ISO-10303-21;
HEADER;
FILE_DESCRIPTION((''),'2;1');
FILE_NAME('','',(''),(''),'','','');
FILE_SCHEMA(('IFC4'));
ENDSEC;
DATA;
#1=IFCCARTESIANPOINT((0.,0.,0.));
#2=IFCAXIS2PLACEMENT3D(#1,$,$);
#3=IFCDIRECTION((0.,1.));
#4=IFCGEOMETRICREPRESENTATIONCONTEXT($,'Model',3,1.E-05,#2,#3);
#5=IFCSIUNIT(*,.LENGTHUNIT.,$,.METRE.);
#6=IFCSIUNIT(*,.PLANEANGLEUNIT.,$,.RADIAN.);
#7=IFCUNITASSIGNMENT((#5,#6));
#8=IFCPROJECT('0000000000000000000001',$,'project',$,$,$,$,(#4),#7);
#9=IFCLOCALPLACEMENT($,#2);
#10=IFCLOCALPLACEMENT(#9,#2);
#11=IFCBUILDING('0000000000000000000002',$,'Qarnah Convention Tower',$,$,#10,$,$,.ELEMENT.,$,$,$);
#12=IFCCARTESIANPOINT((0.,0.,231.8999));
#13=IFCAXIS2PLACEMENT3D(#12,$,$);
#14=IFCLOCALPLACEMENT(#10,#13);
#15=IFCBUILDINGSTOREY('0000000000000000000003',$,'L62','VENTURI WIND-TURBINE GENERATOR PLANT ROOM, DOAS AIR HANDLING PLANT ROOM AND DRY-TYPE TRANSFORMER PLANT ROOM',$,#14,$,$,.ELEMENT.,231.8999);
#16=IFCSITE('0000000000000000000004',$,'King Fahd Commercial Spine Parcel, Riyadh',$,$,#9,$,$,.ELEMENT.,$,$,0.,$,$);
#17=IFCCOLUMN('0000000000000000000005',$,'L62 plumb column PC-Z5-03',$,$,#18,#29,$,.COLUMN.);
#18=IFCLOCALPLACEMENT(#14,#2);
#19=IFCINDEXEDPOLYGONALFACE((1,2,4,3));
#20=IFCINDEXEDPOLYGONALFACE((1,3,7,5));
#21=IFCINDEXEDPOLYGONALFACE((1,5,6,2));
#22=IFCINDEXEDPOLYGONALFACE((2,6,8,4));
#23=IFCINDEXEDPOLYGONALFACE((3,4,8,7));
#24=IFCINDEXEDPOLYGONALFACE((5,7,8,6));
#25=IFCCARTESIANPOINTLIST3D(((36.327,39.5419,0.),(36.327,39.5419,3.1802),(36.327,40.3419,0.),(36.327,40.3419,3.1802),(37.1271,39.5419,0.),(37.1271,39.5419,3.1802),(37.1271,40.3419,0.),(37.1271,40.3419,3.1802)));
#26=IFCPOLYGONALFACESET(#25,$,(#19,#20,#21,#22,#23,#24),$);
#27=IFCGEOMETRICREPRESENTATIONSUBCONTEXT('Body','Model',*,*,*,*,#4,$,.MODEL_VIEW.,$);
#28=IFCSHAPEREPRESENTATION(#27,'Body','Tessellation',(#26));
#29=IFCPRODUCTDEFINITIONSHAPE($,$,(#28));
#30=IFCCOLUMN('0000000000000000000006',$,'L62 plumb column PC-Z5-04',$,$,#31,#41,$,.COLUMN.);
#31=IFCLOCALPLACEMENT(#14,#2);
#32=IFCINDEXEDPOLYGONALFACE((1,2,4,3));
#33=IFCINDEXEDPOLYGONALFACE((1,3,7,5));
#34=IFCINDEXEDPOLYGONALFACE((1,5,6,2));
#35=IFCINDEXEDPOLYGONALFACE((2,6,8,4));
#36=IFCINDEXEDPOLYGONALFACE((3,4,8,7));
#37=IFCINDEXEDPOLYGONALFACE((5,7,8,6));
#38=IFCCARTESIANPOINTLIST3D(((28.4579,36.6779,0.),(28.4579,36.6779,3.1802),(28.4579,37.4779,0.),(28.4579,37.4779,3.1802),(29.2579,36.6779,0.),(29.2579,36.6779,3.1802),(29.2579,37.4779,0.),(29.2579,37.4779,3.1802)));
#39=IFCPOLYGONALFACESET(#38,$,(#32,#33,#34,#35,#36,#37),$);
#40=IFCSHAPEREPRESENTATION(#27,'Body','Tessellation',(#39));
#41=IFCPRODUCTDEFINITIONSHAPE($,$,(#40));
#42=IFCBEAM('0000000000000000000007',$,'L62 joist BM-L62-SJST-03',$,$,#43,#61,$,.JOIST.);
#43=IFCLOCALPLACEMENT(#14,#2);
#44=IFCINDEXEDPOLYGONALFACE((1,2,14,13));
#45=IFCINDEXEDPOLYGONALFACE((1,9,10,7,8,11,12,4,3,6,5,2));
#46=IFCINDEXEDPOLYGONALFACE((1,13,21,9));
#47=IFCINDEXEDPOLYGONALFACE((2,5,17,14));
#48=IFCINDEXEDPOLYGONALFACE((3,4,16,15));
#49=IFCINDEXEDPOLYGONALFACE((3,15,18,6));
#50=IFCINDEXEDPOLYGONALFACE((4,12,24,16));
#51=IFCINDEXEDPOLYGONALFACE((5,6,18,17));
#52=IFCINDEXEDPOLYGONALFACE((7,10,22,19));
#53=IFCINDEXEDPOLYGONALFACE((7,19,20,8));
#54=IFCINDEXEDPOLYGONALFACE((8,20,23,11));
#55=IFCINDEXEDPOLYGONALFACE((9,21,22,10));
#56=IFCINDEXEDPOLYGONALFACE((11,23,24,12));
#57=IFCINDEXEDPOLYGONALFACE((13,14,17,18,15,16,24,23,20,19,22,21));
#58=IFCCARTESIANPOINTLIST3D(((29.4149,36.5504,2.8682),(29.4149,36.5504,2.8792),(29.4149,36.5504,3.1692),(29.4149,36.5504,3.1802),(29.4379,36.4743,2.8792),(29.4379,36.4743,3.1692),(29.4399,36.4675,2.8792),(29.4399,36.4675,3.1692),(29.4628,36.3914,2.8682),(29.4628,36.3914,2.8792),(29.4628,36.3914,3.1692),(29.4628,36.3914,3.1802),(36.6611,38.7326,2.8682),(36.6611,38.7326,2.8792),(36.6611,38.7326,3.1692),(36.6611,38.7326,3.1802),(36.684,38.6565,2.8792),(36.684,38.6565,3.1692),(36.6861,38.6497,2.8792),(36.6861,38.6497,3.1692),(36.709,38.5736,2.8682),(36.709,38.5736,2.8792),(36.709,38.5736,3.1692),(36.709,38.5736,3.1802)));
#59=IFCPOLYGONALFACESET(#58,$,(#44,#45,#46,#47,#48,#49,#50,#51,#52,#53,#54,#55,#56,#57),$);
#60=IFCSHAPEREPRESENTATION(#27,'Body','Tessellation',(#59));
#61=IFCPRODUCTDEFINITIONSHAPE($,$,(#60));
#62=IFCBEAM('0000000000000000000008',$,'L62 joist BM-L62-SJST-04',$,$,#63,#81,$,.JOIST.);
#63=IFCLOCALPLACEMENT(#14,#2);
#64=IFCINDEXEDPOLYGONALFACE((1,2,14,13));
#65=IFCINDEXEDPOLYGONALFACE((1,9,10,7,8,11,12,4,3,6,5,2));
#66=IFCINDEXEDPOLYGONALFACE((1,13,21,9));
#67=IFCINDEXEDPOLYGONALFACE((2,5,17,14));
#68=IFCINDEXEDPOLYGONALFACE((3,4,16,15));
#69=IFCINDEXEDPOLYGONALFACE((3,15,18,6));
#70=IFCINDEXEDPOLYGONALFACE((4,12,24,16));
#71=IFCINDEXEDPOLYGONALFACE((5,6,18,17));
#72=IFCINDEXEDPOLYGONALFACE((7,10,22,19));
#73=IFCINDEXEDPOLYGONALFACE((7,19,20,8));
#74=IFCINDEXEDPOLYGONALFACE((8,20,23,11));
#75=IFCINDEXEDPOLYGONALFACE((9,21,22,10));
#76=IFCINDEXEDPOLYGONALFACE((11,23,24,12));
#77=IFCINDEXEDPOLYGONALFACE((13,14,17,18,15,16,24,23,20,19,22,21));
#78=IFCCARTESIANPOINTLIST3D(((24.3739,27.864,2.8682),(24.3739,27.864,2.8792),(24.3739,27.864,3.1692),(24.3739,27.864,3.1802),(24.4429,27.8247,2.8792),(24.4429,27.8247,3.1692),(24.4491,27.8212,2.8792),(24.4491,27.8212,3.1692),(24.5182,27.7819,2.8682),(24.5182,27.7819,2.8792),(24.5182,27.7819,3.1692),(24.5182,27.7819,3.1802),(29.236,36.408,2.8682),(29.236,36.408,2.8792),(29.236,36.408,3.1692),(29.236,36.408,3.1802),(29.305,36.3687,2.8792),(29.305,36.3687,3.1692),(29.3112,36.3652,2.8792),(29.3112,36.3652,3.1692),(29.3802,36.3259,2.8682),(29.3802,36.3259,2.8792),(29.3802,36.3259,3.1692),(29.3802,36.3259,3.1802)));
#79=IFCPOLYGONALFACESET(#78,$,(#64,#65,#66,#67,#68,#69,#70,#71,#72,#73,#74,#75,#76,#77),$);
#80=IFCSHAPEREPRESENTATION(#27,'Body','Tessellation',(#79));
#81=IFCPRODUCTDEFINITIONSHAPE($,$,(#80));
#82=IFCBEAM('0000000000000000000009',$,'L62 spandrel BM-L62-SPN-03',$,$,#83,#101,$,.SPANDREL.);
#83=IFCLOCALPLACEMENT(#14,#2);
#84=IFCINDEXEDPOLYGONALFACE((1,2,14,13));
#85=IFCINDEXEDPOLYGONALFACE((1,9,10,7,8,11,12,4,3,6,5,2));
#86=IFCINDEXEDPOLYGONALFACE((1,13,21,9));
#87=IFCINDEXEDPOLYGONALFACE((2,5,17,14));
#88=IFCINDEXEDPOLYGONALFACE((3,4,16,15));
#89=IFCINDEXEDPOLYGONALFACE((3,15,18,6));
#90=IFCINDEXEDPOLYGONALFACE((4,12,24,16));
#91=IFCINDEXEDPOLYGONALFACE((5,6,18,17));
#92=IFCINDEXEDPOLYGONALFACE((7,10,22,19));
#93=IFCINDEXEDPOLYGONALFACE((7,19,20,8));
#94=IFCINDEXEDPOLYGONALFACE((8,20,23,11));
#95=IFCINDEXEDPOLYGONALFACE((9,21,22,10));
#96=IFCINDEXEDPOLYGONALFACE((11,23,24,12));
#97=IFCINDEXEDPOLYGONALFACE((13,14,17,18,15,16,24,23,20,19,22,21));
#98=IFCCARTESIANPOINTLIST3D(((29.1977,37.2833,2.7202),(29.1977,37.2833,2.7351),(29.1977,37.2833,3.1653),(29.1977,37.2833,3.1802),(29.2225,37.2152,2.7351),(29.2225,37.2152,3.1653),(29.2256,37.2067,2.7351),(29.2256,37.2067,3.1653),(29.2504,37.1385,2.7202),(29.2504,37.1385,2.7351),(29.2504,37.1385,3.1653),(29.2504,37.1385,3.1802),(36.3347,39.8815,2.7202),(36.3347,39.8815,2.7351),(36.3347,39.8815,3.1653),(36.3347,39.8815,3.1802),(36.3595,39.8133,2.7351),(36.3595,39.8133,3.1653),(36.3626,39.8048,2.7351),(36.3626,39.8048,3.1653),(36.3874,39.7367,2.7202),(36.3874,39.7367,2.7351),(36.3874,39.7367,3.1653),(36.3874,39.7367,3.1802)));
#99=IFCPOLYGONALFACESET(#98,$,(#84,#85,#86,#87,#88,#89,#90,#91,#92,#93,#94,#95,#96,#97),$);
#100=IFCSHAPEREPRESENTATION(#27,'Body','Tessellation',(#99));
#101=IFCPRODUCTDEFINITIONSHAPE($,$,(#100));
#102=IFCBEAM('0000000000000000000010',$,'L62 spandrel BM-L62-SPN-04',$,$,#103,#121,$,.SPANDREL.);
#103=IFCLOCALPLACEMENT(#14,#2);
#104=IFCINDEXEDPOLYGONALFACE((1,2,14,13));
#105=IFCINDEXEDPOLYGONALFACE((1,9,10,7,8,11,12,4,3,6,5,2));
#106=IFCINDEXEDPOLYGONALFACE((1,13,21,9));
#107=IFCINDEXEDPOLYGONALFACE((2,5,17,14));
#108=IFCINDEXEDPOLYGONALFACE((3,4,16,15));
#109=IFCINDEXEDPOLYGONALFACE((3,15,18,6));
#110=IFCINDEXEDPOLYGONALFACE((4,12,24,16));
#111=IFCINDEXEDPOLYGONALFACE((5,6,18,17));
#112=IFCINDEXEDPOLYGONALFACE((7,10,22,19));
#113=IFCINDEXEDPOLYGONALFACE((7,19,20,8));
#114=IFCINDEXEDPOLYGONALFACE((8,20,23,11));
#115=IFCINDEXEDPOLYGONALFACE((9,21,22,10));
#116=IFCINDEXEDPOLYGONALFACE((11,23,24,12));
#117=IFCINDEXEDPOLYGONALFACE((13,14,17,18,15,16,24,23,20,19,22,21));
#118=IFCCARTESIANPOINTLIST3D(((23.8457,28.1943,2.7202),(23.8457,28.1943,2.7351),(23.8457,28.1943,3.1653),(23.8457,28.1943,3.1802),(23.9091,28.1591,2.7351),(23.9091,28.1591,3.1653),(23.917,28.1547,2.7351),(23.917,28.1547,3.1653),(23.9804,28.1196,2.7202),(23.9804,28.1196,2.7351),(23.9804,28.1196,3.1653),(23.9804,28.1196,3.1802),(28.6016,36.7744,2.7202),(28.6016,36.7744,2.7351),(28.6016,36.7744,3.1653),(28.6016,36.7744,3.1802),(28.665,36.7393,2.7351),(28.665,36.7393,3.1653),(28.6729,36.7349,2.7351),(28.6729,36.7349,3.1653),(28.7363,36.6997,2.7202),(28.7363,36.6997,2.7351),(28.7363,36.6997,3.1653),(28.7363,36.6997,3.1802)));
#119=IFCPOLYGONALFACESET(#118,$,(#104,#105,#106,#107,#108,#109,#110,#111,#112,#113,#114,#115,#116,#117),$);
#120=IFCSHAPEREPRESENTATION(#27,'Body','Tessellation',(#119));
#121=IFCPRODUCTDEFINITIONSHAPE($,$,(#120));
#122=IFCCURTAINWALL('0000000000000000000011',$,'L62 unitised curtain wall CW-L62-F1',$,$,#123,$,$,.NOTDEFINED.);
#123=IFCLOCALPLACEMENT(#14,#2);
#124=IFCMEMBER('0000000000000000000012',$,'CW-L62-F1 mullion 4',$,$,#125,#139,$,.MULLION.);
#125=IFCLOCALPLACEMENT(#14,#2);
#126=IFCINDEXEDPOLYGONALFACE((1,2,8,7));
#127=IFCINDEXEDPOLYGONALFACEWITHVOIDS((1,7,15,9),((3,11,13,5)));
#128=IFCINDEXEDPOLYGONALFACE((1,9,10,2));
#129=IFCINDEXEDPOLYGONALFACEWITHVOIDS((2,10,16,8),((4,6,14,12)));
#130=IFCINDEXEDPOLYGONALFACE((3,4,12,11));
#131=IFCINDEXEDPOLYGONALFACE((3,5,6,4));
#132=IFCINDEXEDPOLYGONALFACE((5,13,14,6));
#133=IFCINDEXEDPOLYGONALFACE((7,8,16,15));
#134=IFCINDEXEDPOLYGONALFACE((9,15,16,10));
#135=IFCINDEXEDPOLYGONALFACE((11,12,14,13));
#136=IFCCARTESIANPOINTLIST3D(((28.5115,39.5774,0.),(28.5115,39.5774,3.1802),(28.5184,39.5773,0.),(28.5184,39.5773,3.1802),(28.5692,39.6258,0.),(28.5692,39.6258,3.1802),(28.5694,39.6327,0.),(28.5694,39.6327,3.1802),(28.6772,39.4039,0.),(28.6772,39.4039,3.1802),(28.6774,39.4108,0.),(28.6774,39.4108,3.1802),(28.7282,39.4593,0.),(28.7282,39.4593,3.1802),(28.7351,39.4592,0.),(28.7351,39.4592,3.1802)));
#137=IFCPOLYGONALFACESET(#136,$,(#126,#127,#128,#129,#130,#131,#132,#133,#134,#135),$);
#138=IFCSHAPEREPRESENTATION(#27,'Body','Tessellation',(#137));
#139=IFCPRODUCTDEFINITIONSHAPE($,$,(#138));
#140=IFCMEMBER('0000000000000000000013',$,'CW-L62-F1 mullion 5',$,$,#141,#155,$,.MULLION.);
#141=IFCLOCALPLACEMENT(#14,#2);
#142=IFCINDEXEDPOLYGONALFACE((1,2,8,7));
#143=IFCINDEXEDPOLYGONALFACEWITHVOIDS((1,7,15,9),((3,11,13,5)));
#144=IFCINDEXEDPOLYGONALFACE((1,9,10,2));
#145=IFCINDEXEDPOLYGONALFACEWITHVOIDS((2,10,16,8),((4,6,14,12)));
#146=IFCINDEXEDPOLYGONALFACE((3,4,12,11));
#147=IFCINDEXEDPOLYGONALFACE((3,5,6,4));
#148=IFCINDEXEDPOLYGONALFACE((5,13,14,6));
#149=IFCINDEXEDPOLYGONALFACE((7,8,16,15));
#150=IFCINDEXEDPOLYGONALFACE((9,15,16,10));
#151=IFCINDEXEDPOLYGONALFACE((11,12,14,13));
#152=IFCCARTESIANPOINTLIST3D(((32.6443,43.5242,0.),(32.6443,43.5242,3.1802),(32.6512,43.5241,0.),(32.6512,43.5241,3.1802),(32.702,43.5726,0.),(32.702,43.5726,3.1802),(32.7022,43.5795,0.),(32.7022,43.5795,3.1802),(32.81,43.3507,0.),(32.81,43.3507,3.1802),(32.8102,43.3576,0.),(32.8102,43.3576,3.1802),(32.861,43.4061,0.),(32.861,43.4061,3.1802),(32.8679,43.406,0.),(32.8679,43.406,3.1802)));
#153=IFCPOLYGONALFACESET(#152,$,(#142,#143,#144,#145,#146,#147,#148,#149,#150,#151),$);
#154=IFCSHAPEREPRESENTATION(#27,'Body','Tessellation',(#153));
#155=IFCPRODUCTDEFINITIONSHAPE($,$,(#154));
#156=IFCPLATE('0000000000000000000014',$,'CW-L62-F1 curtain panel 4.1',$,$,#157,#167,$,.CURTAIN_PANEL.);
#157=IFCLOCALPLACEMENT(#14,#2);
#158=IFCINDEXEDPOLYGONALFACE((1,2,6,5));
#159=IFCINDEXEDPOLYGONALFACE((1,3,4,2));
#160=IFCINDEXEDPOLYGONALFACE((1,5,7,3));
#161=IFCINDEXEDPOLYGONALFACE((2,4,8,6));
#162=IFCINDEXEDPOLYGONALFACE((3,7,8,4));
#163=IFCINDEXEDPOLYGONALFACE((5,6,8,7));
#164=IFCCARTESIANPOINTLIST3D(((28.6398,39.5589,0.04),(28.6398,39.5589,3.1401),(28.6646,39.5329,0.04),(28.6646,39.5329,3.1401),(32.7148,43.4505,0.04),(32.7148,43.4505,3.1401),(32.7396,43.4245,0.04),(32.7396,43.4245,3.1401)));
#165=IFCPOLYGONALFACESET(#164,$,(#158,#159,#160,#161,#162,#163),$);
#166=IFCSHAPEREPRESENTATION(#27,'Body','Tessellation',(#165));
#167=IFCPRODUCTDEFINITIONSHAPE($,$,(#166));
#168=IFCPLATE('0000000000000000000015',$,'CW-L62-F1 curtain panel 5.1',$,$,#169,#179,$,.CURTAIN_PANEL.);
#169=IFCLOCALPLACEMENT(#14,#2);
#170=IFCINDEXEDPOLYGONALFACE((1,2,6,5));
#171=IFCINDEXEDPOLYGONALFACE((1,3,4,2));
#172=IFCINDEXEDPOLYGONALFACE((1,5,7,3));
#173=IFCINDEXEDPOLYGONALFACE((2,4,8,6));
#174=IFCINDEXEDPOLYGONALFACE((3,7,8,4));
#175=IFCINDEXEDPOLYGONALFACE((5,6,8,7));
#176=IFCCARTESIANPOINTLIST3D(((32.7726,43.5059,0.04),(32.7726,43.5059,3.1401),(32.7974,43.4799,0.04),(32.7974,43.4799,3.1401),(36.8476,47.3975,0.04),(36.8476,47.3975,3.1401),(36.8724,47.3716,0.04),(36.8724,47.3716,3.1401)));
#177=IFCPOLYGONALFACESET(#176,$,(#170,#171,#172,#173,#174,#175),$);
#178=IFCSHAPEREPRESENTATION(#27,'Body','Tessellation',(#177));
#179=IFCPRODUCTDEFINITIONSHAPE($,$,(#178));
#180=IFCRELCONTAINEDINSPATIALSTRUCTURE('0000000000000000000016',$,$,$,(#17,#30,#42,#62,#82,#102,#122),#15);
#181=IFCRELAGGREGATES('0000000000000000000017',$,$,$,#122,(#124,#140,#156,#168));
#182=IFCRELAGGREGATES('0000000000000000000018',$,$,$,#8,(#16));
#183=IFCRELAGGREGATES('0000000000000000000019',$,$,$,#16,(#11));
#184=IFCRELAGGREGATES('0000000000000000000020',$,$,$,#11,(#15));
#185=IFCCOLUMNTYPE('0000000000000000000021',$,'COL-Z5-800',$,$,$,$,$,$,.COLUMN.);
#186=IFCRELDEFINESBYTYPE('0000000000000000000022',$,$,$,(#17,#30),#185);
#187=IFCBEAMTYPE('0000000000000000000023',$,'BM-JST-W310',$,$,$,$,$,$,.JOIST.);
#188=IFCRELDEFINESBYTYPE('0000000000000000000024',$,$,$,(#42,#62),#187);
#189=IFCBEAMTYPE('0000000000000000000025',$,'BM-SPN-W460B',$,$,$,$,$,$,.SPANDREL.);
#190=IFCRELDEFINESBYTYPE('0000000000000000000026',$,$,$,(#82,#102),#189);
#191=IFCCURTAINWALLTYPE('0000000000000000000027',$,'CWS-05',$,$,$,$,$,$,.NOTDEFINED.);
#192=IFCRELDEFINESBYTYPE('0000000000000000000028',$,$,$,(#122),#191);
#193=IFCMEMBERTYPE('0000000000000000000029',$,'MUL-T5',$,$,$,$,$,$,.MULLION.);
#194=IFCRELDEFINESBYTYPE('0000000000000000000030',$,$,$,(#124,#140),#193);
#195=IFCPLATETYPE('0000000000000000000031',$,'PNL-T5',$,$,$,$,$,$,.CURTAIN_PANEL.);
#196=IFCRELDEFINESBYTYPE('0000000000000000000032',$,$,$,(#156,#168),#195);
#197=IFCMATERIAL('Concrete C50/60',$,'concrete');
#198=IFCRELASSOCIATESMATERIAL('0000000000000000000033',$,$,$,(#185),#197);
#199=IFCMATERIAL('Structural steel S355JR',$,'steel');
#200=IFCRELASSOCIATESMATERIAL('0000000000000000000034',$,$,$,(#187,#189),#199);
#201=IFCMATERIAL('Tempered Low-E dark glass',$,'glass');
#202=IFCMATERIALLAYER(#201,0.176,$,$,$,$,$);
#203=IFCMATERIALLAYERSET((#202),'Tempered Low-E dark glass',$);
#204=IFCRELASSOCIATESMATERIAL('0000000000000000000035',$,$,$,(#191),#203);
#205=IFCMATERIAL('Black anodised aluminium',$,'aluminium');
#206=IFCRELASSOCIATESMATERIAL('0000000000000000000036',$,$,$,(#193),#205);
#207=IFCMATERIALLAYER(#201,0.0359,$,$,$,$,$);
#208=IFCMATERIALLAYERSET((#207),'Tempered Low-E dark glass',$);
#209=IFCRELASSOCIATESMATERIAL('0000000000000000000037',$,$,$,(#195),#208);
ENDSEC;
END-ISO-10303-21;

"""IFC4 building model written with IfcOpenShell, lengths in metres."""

from ifc_helpers import new_model, si_unit, direction, frame, origin, origin_2d, place, context, subcontext, project, spatial, rectangle, hollow_rectangle, i_section, extrude, material, layer, layer_set, material_profile, profile_set, type_object, element, aggregate, save


model = new_model("IFC4")

# Units and contexts
model_context = context("Model", 3, precision=1e-05, world=origin(), true_north=direction((0.0, 1.0)))
body_context = subcontext(model_context, "Body", "Model", "MODEL_VIEW")
ifc_project = project(units=[si_unit("LENGTHUNIT", "METRE"), si_unit("PLANEANGLEUNIT", "RADIAN")], contexts=[model_context])

# Site, building, storey
site_placement = place(None, origin())
site = spatial("IfcSite", under=ifc_project, at=site_placement, Name="King Fahd Commercial Spine Parcel, Riyadh", CompositionType="ELEMENT", RefElevation=0.0)
building_placement = place(site_placement, origin())
building = spatial("IfcBuilding", under=site, at=building_placement, Name="Qarnah Convention Tower", CompositionType="ELEMENT")
storey_placement = place(building_placement, frame((0.0, 0.0, 231.8999)))
storey = spatial("IfcBuildingStorey", under=building, at=storey_placement, Name="L62", Description="VENTURI WIND-TURBINE GENERATOR PLANT ROOM, DOAS AIR HANDLING PLANT ROOM AND DRY-TYPE TRANSFORMER PLANT ROOM", CompositionType="ELEMENT", Elevation=231.8999)

# Columns
ifc_material_1 = material(Name="Concrete C50/60", Category="concrete")
ifc_material_profile_1 = material_profile(ifc_material_1, rectangle(XDim=0.8, YDim=0.8, at=origin_2d()), Name="RC-COL-800X800")
ifc_profile_set_1 = profile_set([ifc_material_profile_1], Name="Concrete C50/60")
column_type = type_object("IfcColumnType", Name="COL-Z5-800", PredefinedType="COLUMN", material=ifc_profile_set_1)
for number, where, z_axis, x_axis, name in (
    (1, (36.7271, 39.9419, 0.0), (0.0, 0.0, 1.0), (1.0, 0.0, 0.0), "L62 plumb column PC-Z5-03"),
    (2, (28.8579, 37.0779, 0.0), (0.0, 0.0, 1.0), (1.0, 0.0, 0.0), "L62 plumb column PC-Z5-04"),
):
    element("IfcColumn", number, at=place(storey_placement, frame(where, z_axis=z_axis, x_axis=x_axis)), inside=storey, type_object=column_type, Name=name, PredefinedType="COLUMN", context=body_context, shape_type="SweptSolid", body=[
        extrude(rectangle(XDim=0.8, YDim=0.8, at=origin_2d()), origin(), (0.0, 0.0, 1.0), 3.1802),
    ])

# Beams
ifc_material_2 = material(Name="Structural steel S355JR", Category="steel")
ifc_material_profile_2 = material_profile(ifc_material_2, i_section(OverallWidth=0.166, OverallDepth=0.312, WebThickness=0.0071, FlangeThickness=0.011, at=origin_2d()), Name="W310X45")
ifc_profile_set_2 = profile_set([ifc_material_profile_2], Name="Structural steel S355JR")
beam_type_1 = type_object("IfcBeamType", Name="BM-JST-W310", PredefinedType="JOIST", material=ifc_profile_set_2)
beam_1_placement = place(storey_placement, frame((36.6851, 38.6531, 3.0242), z_axis=(-0.957524, -0.288354, 0.0), x_axis=(0.288354, -0.957524, 0.0)))
element("IfcBeam", 3, at=beam_1_placement, inside=storey, type_object=beam_type_1, Name="L62 joist BM-L62-SJST-03", PredefinedType="JOIST", context=body_context, shape_type="SweptSolid", body=[
    extrude(i_section(OverallWidth=0.166, OverallDepth=0.312, WebThickness=0.0071, FlangeThickness=0.011, at=origin_2d()), origin(), (0.0, 0.0, 1.0), 7.5676),
])
beam_2_placement = place(storey_placement, frame((29.3081, 36.3669, 3.0242), z_axis=(-0.49459, -0.869127, 0.0), x_axis=(0.869127, -0.49459, 0.0)))
element("IfcBeam", 4, at=beam_2_placement, inside=storey, type_object=beam_type_1, Name="L62 joist BM-L62-SJST-04", PredefinedType="JOIST", context=body_context, shape_type="SweptSolid", body=[
    extrude(i_section(OverallWidth=0.166, OverallDepth=0.312, WebThickness=0.0071, FlangeThickness=0.011, at=origin_2d()), origin(), (0.0, 0.0, 1.0), 9.8306),
])
ifc_material_profile_3 = material_profile(ifc_material_2, i_section(OverallWidth=0.1541, OverallDepth=0.46, WebThickness=0.009, FlangeThickness=0.0149, at=origin_2d()), Name="W460X68")
ifc_profile_set_3 = profile_set([ifc_material_profile_3], Name="Structural steel S355JR")
beam_type_2 = type_object("IfcBeamType", Name="BM-SPN-W460B", PredefinedType="SPANDREL", material=ifc_profile_set_3)
beam_3_placement = place(storey_placement, frame((36.3611, 39.8091, 2.9502), z_axis=(-0.939671, -0.342079, 0.0), x_axis=(0.342079, -0.939671, 0.0)))
element("IfcBeam", 5, at=beam_3_placement, inside=storey, type_object=beam_type_2, Name="L62 spandrel BM-L62-SPN-03", PredefinedType="SPANDREL", context=body_context, shape_type="SweptSolid", body=[
    extrude(i_section(OverallWidth=0.1541, OverallDepth=0.46, WebThickness=0.009, FlangeThickness=0.0149, at=origin_2d()), origin(), (0.0, 0.0, 1.0), 7.5952),
])
beam_4_placement = place(storey_placement, frame((28.6689, 36.7371, 2.9502), z_axis=(-0.484797, -0.874626, 0.0), x_axis=(0.874626, -0.484797, 0.0)))
element("IfcBeam", 6, at=beam_4_placement, inside=storey, type_object=beam_type_2, Name="L62 spandrel BM-L62-SPN-04", PredefinedType="SPANDREL", context=body_context, shape_type="SweptSolid", body=[
    extrude(i_section(OverallWidth=0.1541, OverallDepth=0.46, WebThickness=0.009, FlangeThickness=0.0149, at=origin_2d()), origin(), (0.0, 0.0, 1.0), 9.8101),
])

# Curtain wall, members, plates
ifc_material_3 = material(Name="Tempered Low-E dark glass", Category="glass")
ifc_layer_1 = layer(ifc_material_3, 0.176)
ifc_layer_set_1 = layer_set([ifc_layer_1], Name="Tempered Low-E dark glass")
curtain_wall_type = type_object("IfcCurtainWallType", Name="CWS-05", PredefinedType="NOTDEFINED", material=ifc_layer_set_1)
curtain_wall_placement = place(storey_placement, origin())
curtain_wall = element("IfcCurtainWall", 7, at=curtain_wall_placement, inside=storey, type_object=curtain_wall_type, Name="L62 unitised curtain wall CW-L62-F1", PredefinedType="NOTDEFINED")
ifc_material_4 = material(Name="Black anodised aluminium", Category="aluminium")
ifc_material_profile_4 = material_profile(ifc_material_4, hollow_rectangle(XDim=0.0801, YDim=0.24, WallThickness=0.0049, at=origin_2d()), Name="MUL-80X240")
ifc_profile_set_4 = profile_set([ifc_material_profile_4], Name="Black anodised aluminium")
member_type = type_object("IfcMemberType", Name="MUL-T5", PredefinedType="MULLION", material=ifc_profile_set_4)
member_1_placement = place(storey_placement, frame((28.6233, 39.5183, 0.0), z_axis=(0.0, 0.0, 1.0), x_axis=(0.723193, 0.690646, 0.0)))
member_1 = element("IfcMember", 8, at=member_1_placement, type_object=member_type, Name="CW-L62-F1 mullion 4", PredefinedType="MULLION", context=body_context, shape_type="SweptSolid", body=[
    extrude(hollow_rectangle(XDim=0.0801, YDim=0.24, WallThickness=0.0049, at=origin_2d()), origin(), (0.0, 0.0, 1.0), 3.1802),
])
member_2_placement = place(storey_placement, frame((32.7561, 43.4651, 0.0), z_axis=(0.0, 0.0, 1.0), x_axis=(0.723193, 0.690646, 0.0)))
member_2 = element("IfcMember", 9, at=member_2_placement, type_object=member_type, Name="CW-L62-F1 mullion 5", PredefinedType="MULLION", context=body_context, shape_type="SweptSolid", body=[
    extrude(hollow_rectangle(XDim=0.0801, YDim=0.24, WallThickness=0.0049, at=origin_2d()), origin(), (0.0, 0.0, 1.0), 3.1802),
])
ifc_layer_2 = layer(ifc_material_3, 0.0359)
ifc_layer_set_2 = layer_set([ifc_layer_2], Name="Tempered Low-E dark glass")
plate_type = type_object("IfcPlateType", Name="PNL-T5", PredefinedType="CURTAIN_PANEL", material=ifc_layer_set_2)
plate_1_placement = place(storey_placement, frame((30.6897, 41.4917, 0.04), z_axis=(0.0, 0.0, 1.0), x_axis=(0.723193, 0.690646, 0.0)))
plate_1 = element("IfcPlate", 10, at=plate_1_placement, type_object=plate_type, Name="CW-L62-F1 curtain panel 4.1", PredefinedType="CURTAIN_PANEL", context=body_context, shape_type="SweptSolid", body=[
    extrude(rectangle(XDim=5.6348, YDim=0.0359, at=origin_2d()), origin(), (0.0, 0.0, 1.0), 3.1001),
])
plate_2_placement = place(storey_placement, frame((34.8225, 45.4387, 0.04), z_axis=(0.0, 0.0, 1.0), x_axis=(0.723193, 0.690646, 0.0)))
plate_2 = element("IfcPlate", 11, at=plate_2_placement, type_object=plate_type, Name="CW-L62-F1 curtain panel 5.1", PredefinedType="CURTAIN_PANEL", context=body_context, shape_type="SweptSolid", body=[
    extrude(rectangle(XDim=5.6348, YDim=0.0359, at=origin_2d()), origin(), (0.0, 0.0, 1.0), 3.1001),
])
aggregate(curtain_wall, [member_1, member_2, plate_1, plate_2])

save(model, "model.ifc")
